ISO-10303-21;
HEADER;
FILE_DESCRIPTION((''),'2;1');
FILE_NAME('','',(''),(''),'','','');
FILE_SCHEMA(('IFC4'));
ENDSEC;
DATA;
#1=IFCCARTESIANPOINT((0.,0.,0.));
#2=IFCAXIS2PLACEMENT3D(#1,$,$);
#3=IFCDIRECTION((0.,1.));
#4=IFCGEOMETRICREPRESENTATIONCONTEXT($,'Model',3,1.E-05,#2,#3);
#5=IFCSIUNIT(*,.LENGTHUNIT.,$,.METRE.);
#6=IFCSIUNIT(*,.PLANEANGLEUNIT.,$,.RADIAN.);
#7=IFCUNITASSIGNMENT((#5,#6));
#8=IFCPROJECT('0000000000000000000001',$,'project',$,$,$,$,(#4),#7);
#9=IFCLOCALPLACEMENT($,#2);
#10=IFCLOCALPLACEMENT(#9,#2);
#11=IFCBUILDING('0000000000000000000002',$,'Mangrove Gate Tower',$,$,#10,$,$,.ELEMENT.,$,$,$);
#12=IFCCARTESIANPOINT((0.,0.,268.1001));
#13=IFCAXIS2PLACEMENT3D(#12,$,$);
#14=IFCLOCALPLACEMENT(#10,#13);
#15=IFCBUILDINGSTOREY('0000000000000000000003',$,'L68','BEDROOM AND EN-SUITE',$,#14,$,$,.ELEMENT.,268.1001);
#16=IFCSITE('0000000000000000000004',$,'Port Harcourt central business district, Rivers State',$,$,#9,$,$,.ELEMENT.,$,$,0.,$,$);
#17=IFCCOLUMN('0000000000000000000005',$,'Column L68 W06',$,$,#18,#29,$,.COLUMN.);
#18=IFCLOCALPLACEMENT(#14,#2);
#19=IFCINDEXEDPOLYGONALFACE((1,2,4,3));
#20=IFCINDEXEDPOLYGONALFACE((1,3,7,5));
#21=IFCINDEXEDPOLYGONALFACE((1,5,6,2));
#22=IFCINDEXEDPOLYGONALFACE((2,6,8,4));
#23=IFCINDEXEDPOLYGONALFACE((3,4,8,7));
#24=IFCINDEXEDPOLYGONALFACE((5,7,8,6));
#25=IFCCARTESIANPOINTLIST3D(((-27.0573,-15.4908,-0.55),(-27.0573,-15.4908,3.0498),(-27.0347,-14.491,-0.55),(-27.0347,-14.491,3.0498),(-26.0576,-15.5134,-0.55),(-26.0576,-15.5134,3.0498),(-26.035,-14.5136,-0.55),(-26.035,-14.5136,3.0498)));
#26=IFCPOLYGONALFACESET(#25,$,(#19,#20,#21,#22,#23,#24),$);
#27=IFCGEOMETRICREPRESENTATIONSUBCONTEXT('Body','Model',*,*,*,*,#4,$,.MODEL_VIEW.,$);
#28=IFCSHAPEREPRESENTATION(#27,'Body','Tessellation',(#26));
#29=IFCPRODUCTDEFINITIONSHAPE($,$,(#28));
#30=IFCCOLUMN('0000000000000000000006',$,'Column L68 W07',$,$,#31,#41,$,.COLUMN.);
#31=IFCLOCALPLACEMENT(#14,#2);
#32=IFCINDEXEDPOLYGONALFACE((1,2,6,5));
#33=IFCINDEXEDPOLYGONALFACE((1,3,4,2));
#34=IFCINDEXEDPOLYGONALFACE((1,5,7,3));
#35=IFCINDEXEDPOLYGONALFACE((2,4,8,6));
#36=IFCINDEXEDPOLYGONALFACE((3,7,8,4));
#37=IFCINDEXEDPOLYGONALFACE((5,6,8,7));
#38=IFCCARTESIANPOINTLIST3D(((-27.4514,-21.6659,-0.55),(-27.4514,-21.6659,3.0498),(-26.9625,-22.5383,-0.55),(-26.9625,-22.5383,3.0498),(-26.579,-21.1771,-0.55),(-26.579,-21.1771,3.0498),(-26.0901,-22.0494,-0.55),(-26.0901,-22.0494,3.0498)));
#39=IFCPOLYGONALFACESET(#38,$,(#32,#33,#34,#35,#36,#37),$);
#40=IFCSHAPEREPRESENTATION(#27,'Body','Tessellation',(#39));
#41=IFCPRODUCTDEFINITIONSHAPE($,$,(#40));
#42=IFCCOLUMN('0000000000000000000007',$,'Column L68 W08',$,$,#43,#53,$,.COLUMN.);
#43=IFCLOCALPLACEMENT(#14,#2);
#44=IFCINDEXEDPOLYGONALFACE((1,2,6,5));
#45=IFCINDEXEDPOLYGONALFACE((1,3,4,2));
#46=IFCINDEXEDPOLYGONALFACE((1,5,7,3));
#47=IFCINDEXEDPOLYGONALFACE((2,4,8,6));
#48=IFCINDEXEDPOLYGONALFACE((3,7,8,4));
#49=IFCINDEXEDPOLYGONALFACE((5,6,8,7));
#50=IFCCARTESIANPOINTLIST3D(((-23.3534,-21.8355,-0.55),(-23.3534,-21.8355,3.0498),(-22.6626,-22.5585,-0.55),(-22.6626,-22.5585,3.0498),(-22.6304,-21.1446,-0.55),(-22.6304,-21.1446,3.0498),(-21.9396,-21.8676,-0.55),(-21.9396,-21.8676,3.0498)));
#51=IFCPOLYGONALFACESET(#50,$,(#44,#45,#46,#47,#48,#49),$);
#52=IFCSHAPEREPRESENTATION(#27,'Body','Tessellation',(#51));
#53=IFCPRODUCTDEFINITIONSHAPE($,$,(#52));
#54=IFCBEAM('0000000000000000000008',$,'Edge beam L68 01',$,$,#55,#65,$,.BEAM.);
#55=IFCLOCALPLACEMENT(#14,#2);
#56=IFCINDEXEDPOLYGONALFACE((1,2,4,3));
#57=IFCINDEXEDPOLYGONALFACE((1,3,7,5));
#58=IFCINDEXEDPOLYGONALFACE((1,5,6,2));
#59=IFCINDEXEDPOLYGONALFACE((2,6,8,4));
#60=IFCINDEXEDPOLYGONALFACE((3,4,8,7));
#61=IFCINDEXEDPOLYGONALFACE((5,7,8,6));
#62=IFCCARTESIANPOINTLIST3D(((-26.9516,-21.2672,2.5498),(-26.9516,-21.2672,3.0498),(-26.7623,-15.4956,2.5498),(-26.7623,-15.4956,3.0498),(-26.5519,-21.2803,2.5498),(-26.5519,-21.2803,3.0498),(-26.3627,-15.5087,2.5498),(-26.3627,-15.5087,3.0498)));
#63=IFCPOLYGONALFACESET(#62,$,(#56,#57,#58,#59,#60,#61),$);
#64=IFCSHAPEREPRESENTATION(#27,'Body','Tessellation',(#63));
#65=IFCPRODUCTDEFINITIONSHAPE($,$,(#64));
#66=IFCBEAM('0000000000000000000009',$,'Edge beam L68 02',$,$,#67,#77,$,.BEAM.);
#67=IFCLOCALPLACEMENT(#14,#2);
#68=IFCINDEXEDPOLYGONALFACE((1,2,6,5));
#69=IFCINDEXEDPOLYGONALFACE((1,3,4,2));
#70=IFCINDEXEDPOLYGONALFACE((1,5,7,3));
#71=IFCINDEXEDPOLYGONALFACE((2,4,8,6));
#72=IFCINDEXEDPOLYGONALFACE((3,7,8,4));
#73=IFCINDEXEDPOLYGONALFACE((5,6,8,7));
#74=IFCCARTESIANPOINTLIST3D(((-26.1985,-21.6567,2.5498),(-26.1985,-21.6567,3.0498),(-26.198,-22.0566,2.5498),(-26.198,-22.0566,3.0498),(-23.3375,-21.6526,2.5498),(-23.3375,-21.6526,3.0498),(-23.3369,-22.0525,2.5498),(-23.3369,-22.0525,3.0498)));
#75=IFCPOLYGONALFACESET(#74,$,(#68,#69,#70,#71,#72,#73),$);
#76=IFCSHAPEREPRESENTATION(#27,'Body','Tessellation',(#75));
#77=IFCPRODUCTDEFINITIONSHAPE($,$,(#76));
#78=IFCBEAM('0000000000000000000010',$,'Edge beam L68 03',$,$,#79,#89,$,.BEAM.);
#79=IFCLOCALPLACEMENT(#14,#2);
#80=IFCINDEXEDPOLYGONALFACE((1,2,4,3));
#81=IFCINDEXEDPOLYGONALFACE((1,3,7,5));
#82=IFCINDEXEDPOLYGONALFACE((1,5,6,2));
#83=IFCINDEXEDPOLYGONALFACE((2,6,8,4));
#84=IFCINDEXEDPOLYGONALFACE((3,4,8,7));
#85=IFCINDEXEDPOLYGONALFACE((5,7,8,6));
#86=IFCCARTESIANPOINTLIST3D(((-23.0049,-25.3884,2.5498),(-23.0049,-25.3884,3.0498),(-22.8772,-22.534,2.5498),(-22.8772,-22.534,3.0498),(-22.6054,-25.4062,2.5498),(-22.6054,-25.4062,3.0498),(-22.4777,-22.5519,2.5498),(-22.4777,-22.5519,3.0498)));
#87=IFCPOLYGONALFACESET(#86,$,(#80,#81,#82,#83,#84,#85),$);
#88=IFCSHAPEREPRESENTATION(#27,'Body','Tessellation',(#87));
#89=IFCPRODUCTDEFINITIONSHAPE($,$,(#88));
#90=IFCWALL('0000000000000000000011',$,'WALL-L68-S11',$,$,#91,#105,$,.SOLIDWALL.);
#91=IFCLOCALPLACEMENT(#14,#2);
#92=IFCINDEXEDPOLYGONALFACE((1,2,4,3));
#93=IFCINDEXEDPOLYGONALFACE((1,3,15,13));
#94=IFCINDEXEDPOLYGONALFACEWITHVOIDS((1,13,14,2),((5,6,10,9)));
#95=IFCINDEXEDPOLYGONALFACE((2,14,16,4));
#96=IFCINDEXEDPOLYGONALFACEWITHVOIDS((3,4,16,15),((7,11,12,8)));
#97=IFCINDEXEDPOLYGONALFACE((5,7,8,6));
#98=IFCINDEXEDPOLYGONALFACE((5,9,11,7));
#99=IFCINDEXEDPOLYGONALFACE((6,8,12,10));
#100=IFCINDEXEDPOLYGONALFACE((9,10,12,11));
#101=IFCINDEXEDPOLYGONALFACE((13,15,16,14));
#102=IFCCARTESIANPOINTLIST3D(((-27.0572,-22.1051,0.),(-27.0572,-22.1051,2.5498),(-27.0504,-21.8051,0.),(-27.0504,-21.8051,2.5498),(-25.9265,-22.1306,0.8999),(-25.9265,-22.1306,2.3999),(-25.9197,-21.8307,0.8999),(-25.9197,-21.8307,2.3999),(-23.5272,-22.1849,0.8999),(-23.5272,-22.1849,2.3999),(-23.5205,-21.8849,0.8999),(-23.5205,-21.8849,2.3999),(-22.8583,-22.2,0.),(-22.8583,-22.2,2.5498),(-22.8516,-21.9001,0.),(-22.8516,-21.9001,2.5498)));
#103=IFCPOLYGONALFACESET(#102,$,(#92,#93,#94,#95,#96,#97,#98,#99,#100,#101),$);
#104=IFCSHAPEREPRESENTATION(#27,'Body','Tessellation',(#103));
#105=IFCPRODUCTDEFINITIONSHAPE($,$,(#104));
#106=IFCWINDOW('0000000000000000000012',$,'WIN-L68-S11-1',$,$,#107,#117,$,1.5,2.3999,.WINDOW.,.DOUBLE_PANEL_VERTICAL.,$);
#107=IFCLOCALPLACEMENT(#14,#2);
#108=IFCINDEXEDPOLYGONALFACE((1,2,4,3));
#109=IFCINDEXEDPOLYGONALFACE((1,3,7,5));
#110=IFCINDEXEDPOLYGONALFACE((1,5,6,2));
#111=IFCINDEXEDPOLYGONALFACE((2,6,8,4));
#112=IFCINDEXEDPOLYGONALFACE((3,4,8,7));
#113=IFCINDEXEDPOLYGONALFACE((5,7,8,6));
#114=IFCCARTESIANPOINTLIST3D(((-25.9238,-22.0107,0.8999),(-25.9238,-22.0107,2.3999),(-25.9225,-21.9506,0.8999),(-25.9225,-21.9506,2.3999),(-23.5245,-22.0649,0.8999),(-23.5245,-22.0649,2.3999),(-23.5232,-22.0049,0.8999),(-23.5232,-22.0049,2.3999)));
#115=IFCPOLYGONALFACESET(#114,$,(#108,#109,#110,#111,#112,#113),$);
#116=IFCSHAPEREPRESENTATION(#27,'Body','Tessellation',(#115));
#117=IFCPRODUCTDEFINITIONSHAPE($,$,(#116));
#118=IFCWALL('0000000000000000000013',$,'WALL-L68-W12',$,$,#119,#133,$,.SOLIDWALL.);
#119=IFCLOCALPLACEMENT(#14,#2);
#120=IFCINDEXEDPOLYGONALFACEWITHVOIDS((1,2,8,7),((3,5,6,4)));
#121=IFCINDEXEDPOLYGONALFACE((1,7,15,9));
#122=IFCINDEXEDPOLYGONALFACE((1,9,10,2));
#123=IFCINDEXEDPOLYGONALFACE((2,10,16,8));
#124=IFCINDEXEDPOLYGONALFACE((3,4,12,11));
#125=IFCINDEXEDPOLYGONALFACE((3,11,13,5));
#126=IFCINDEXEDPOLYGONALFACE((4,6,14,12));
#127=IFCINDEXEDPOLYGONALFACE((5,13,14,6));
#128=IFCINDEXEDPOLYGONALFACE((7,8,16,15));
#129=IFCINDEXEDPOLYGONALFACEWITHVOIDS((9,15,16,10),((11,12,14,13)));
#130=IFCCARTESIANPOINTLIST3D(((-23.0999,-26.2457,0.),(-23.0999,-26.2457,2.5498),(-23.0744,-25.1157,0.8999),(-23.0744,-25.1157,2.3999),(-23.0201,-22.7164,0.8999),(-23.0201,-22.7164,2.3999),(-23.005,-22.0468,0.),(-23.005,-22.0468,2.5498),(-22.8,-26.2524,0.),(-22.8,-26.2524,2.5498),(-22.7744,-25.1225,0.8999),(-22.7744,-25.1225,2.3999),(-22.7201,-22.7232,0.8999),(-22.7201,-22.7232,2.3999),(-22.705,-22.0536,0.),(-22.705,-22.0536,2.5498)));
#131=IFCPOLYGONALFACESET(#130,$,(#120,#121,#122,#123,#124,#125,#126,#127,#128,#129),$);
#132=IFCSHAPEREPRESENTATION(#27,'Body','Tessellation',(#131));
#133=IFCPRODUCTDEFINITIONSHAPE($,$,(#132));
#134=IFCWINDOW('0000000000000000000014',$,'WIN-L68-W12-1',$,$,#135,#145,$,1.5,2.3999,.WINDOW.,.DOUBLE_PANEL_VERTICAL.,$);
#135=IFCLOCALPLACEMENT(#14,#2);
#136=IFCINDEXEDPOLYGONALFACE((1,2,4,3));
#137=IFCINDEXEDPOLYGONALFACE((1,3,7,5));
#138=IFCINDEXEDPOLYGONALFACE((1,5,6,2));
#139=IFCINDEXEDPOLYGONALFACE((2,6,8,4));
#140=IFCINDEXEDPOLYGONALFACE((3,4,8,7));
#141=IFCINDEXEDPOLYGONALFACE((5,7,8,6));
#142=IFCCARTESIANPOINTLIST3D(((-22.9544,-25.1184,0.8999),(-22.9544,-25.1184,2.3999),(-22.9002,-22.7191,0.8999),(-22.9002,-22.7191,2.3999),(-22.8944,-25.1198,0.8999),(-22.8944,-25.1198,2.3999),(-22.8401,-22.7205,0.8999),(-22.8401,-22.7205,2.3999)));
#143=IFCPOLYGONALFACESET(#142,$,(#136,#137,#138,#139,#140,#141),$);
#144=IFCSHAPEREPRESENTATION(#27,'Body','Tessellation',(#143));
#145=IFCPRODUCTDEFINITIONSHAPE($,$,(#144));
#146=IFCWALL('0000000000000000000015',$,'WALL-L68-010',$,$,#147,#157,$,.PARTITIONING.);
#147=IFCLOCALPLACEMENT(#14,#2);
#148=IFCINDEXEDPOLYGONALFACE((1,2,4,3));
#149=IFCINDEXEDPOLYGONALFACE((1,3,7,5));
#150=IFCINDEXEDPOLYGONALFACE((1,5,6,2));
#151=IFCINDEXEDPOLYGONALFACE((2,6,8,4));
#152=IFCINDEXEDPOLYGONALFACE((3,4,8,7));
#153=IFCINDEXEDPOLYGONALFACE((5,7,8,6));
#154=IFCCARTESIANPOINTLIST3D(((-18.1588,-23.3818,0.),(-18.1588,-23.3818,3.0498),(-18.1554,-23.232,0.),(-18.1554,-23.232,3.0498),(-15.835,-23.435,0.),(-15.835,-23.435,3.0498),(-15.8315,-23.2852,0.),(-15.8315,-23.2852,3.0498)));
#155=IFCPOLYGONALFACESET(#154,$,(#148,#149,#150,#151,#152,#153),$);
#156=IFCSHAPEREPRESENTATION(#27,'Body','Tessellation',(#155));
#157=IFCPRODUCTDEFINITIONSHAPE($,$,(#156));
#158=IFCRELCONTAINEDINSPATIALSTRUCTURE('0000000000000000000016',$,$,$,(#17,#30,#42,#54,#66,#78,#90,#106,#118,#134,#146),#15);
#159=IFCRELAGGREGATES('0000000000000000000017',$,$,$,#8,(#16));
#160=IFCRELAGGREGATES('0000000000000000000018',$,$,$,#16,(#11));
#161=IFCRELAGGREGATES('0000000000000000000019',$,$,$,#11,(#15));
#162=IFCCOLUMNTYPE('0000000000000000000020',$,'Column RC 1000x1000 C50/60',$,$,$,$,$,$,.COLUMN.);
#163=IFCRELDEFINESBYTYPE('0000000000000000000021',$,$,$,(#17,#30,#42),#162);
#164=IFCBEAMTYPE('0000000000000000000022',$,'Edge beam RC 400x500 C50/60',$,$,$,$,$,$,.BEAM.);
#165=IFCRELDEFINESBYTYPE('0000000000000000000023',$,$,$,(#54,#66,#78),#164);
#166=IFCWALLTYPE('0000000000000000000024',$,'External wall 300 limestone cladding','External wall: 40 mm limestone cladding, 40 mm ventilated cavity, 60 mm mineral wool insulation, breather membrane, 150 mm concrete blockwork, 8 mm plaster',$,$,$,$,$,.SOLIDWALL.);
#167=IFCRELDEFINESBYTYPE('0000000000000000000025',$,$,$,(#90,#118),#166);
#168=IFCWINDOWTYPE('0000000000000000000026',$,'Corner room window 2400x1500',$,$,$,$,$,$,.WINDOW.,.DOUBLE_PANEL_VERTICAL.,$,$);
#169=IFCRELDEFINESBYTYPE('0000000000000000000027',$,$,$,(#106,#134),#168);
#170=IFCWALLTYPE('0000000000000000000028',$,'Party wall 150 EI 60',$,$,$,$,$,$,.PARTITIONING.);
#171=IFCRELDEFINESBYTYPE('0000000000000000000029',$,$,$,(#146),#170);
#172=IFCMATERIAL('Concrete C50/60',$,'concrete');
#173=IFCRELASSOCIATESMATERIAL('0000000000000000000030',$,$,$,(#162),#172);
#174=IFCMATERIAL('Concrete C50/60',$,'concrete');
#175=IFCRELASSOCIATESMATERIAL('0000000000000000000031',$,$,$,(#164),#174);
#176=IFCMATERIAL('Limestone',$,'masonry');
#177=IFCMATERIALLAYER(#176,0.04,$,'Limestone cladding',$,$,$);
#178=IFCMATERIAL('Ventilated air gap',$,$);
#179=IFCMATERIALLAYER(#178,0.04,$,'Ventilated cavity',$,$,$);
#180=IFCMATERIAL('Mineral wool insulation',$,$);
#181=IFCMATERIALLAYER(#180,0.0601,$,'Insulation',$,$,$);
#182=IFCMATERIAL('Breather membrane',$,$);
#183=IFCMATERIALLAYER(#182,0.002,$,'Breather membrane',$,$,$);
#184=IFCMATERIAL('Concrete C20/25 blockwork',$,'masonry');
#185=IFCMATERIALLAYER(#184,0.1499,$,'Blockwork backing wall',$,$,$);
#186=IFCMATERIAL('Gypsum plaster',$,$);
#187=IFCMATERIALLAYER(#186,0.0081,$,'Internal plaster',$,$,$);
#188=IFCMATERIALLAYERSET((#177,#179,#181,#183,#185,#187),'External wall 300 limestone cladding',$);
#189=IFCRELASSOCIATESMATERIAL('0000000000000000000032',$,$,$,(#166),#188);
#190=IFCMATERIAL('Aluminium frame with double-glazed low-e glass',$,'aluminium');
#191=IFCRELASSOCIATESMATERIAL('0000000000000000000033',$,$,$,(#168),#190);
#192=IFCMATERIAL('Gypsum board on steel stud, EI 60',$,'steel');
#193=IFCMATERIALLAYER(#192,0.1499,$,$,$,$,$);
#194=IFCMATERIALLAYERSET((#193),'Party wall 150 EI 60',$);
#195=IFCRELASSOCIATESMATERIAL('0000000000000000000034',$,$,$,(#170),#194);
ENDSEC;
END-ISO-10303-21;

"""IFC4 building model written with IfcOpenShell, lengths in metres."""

from ifc_helpers import new_model, si_unit, direction, frame, frame_2d, origin, origin_2d, place, context, subcontext, project, spatial, rectangle, extrude, material, layer, layer_set, material_profile, profile_set, type_object, element, fill, save


model = new_model("IFC4")

# Units and contexts
model_context = context("Model", 3, precision=1e-05, world=origin(), true_north=direction((0.0, 1.0)))
body_context = subcontext(model_context, "Body", "Model", "MODEL_VIEW")
ifc_project = project(units=[si_unit("LENGTHUNIT", "METRE"), si_unit("PLANEANGLEUNIT", "RADIAN")], contexts=[model_context])

# Site, building, storey
site_placement = place(None, origin())
site = spatial("IfcSite", under=ifc_project, at=site_placement, Name="Port Harcourt central business district, Rivers State", CompositionType="ELEMENT", RefElevation=0.0)
building_placement = place(site_placement, origin())
building = spatial("IfcBuilding", under=site, at=building_placement, Name="Mangrove Gate Tower", CompositionType="ELEMENT")
storey_placement = place(building_placement, frame((0.0, 0.0, 268.1001)))
storey = spatial("IfcBuildingStorey", under=building, at=storey_placement, Name="L68", Description="BEDROOM AND EN-SUITE", CompositionType="ELEMENT", Elevation=268.1001)

# Columns
ifc_material_1 = material(Name="Concrete C50/60", Category="concrete")
ifc_material_profile_1 = material_profile(ifc_material_1, rectangle(XDim=1.0, YDim=1.0, at=origin_2d()))
ifc_profile_set_1 = profile_set([ifc_material_profile_1], Name="Concrete C50/60")
column_type = type_object("IfcColumnType", Name="Column RC 1000x1000 C50/60", PredefinedType="COLUMN", material=ifc_profile_set_1)
for number, where, z_axis, x_axis, name in (
    (1, (-26.5461, -15.0022, -0.55), (0.0, 0.0, 1.0), (-0.022637, -0.999744, 0.0), "Column L68 W06"),
    (2, (-26.7708, -21.8577, -0.55), (0.0, 0.0, 1.0), (0.488847, -0.87237, 0.0), "Column L68 W07"),
    (3, (-22.6465, -21.8516, -0.55), (0.0, 0.0, 1.0), (0.690844, -0.723004, 0.0), "Column L68 W08"),
):
    element("IfcColumn", number, at=place(storey_placement, frame(where, z_axis=z_axis, x_axis=x_axis)), inside=storey, type_object=column_type, Name=name, PredefinedType="COLUMN", context=body_context, shape_type="SweptSolid", body=[
        extrude(rectangle(XDim=1.0, YDim=1.0, at=origin_2d()), origin(), (0.0, 0.0, 1.0), 3.5999),
    ])

# Beams
ifc_material_2 = material(Name="Concrete C50/60", Category="concrete")
ifc_material_profile_2 = material_profile(ifc_material_2, rectangle(XDim=0.3999, YDim=0.5, at=origin_2d()))
ifc_profile_set_2 = profile_set([ifc_material_profile_2], Name="Concrete C50/60")
beam_type = type_object("IfcBeamType", Name="Edge beam RC 400x500 C50/60", PredefinedType="BEAM", material=ifc_profile_set_2)
beam_1_placement = place(storey_placement, frame((-26.5625, -15.5022, 2.7998), z_axis=(-0.032766, -0.999463, 0.0), x_axis=(0.999463, -0.032766, 0.0)))
element("IfcBeam", 4, at=beam_1_placement, inside=storey, type_object=beam_type, Name="Edge beam L68 01", PredefinedType="BEAM", context=body_context, shape_type="SweptSolid", body=[
    extrude(rectangle(XDim=0.3999, YDim=0.5, at=origin_2d()), origin(), (0.0, 0.0, 1.0), 5.7747),
])
beam_2_placement = place(storey_placement, frame((-26.1982, -21.8567, 2.7998), z_axis=(0.999999, 0.001451, 0.0), x_axis=(-0.001451, 0.999999, 0.0)))
element("IfcBeam", 5, at=beam_2_placement, inside=storey, type_object=beam_type, Name="Edge beam L68 02", PredefinedType="BEAM", context=body_context, shape_type="SweptSolid", body=[
    extrude(rectangle(XDim=0.3999, YDim=0.5, at=origin_2d()), origin(), (0.0, 0.0, 1.0), 2.8611),
])
beam_3_placement = place(storey_placement, frame((-22.6775, -22.543, 2.7998), z_axis=(-0.044691, -0.999001, 0.0), x_axis=(0.999001, -0.044691, 0.0)))
element("IfcBeam", 6, at=beam_3_placement, inside=storey, type_object=beam_type, Name="Edge beam L68 03", PredefinedType="BEAM", context=body_context, shape_type="SweptSolid", body=[
    extrude(rectangle(XDim=0.3999, YDim=0.5, at=origin_2d()), origin(), (0.0, 0.0, 1.0), 2.8572),
])

# Walls, openings, windows
ifc_material_3 = material(Name="Limestone", Category="masonry")
ifc_layer_1 = layer(ifc_material_3, 0.04, Name="Limestone cladding")
ifc_material_4 = material(Name="Ventilated air gap")
ifc_layer_2 = layer(ifc_material_4, 0.04, Name="Ventilated cavity")
ifc_material_5 = material(Name="Mineral wool insulation")
ifc_layer_3 = layer(ifc_material_5, 0.0601, Name="Insulation")
ifc_material_6 = material(Name="Breather membrane")
ifc_layer_4 = layer(ifc_material_6, 0.002, Name="Breather membrane")
ifc_material_7 = material(Name="Concrete C20/25 blockwork", Category="masonry")
ifc_layer_5 = layer(ifc_material_7, 0.1499, Name="Blockwork backing wall")
ifc_material_8 = material(Name="Gypsum plaster")
ifc_layer_6 = layer(ifc_material_8, 0.0081, Name="Internal plaster")
ifc_layer_set_1 = layer_set([ifc_layer_1, ifc_layer_2, ifc_layer_3, ifc_layer_4, ifc_layer_5, ifc_layer_6], Name="External wall 300 limestone cladding")
wall_type_1 = type_object("IfcWallType", Name="External wall 300 limestone cladding", Description="External wall: 40 mm limestone cladding, 40 mm ventilated cavity, 60 mm mineral wool insulation, breather membrane, 150 mm concrete blockwork, 8 mm plaster", PredefinedType="SOLIDWALL", material=ifc_layer_set_1)
wall_1_placement = place(storey_placement, frame((-27.054, -21.9551, 0.0), z_axis=(0.0, 0.0, 1.0), x_axis=(0.999744, -0.022612, 0.0)))
wall_1 = element("IfcWall", 7, at=wall_1_placement, inside=storey, type_object=wall_type_1, Name="WALL-L68-S11", PredefinedType="SOLIDWALL", context=body_context, shape_type="SweptSolid", body=[
    extrude(rectangle(XDim=4.2, YDim=0.3, at=frame_2d((2.1001, 0.0))), origin(), (0.0, 0.0, 1.0), 2.5498),
])
opening_1_placement = place(wall_1_placement, frame((1.1311, 0.0, 0.8999)))
opening_1 = element("IfcOpeningElement", 8, at=opening_1_placement, cuts=wall_1, PredefinedType="OPENING", context=body_context, shape_type="SweptSolid", body=[
    extrude(rectangle(XDim=2.3999, YDim=1.5, at=frame_2d((1.2, 0.75))), frame((0.0, 0.1599, 0.0), z_axis=(0.0, -1.0, 0.0), x_axis=(1.0, 0.0, 0.0)), (0.0, 0.0, 1.0), 0.3201),
])
ifc_material_9 = material(Name="Aluminium frame with double-glazed low-e glass", Category="aluminium")
window_type = type_object("IfcWindowType", Name="Corner room window 2400x1500", PartitioningType="DOUBLE_PANEL_VERTICAL", PredefinedType="WINDOW", material=ifc_material_9)
window_1_placement = place(opening_1_placement, origin())
window_1 = element("IfcWindow", 9, at=window_1_placement, inside=storey, type_object=window_type, Name="WIN-L68-S11-1", OverallHeight=1.5, OverallWidth=2.3999, PartitioningType="DOUBLE_PANEL_VERTICAL", PredefinedType="WINDOW", context=body_context, shape_type="SweptSolid", body=[
    extrude(rectangle(XDim=2.3999, YDim=1.5, at=frame_2d((1.2, 0.75))), frame((0.0, 0.03, 0.0), z_axis=(0.0, -1.0, 0.0), x_axis=(1.0, 0.0, 0.0)), (0.0, 0.0, 1.0), 0.0601),
])
fill(opening_1, window_1)
wall_2_placement = place(storey_placement, frame((-22.855, -22.05, 0.0), z_axis=(0.0, 0.0, 1.0), x_axis=(-0.022612, -0.999744, 0.0)))
wall_2 = element("IfcWall", 10, at=wall_2_placement, inside=storey, type_object=wall_type_1, Name="WALL-L68-W12", PredefinedType="SOLIDWALL", context=body_context, shape_type="SweptSolid", body=[
    extrude(rectangle(XDim=4.2, YDim=0.3, at=frame_2d((2.1001, 0.0))), origin(), (0.0, 0.0, 1.0), 2.5498),
])
opening_2_placement = place(wall_2_placement, frame((0.6699, 0.0, 0.8999)))
opening_2 = element("IfcOpeningElement", 11, at=opening_2_placement, cuts=wall_2, PredefinedType="OPENING", context=body_context, shape_type="SweptSolid", body=[
    extrude(rectangle(XDim=2.3999, YDim=1.5, at=frame_2d((1.2, 0.75))), frame((0.0, 0.1599, 0.0), z_axis=(0.0, -1.0, 0.0), x_axis=(1.0, 0.0, 0.0)), (0.0, 0.0, 1.0), 0.3201),
])
window_2_placement = place(opening_2_placement, origin())
window_2 = element("IfcWindow", 12, at=window_2_placement, inside=storey, type_object=window_type, Name="WIN-L68-W12-1", OverallHeight=1.5, OverallWidth=2.3999, PartitioningType="DOUBLE_PANEL_VERTICAL", PredefinedType="WINDOW", context=body_context, shape_type="SweptSolid", body=[
    extrude(rectangle(XDim=2.3999, YDim=1.5, at=frame_2d((1.2, 0.75))), frame((0.0, 0.03, 0.0), z_axis=(0.0, -1.0, 0.0), x_axis=(1.0, 0.0, 0.0)), (0.0, 0.0, 1.0), 0.0601),
])
fill(opening_2, window_2)

# Wall
ifc_material_10 = material(Name="Gypsum board on steel stud, EI 60", Category="steel")
ifc_layer_7 = layer(ifc_material_10, 0.1499)
ifc_layer_set_2 = layer_set([ifc_layer_7], Name="Party wall 150 EI 60")
wall_type_2 = type_object("IfcWallType", Name="Party wall 150 EI 60", PredefinedType="PARTITIONING", material=ifc_layer_set_2)
wall_3_placement = place(storey_placement, frame((-18.157, -23.3069, 0.0), z_axis=(0.0, 0.0, 1.0), x_axis=(0.999738, -0.022896, 0.0)))
element("IfcWall", 13, at=wall_3_placement, inside=storey, type_object=wall_type_2, Name="WALL-L68-010", PredefinedType="PARTITIONING", context=body_context, shape_type="SweptSolid", body=[
    extrude(rectangle(XDim=2.3245, YDim=0.1499, at=frame_2d((1.1621, 0.0))), origin(), (0.0, 0.0, 1.0), 3.0498),
])

save(model, "model.ifc")
